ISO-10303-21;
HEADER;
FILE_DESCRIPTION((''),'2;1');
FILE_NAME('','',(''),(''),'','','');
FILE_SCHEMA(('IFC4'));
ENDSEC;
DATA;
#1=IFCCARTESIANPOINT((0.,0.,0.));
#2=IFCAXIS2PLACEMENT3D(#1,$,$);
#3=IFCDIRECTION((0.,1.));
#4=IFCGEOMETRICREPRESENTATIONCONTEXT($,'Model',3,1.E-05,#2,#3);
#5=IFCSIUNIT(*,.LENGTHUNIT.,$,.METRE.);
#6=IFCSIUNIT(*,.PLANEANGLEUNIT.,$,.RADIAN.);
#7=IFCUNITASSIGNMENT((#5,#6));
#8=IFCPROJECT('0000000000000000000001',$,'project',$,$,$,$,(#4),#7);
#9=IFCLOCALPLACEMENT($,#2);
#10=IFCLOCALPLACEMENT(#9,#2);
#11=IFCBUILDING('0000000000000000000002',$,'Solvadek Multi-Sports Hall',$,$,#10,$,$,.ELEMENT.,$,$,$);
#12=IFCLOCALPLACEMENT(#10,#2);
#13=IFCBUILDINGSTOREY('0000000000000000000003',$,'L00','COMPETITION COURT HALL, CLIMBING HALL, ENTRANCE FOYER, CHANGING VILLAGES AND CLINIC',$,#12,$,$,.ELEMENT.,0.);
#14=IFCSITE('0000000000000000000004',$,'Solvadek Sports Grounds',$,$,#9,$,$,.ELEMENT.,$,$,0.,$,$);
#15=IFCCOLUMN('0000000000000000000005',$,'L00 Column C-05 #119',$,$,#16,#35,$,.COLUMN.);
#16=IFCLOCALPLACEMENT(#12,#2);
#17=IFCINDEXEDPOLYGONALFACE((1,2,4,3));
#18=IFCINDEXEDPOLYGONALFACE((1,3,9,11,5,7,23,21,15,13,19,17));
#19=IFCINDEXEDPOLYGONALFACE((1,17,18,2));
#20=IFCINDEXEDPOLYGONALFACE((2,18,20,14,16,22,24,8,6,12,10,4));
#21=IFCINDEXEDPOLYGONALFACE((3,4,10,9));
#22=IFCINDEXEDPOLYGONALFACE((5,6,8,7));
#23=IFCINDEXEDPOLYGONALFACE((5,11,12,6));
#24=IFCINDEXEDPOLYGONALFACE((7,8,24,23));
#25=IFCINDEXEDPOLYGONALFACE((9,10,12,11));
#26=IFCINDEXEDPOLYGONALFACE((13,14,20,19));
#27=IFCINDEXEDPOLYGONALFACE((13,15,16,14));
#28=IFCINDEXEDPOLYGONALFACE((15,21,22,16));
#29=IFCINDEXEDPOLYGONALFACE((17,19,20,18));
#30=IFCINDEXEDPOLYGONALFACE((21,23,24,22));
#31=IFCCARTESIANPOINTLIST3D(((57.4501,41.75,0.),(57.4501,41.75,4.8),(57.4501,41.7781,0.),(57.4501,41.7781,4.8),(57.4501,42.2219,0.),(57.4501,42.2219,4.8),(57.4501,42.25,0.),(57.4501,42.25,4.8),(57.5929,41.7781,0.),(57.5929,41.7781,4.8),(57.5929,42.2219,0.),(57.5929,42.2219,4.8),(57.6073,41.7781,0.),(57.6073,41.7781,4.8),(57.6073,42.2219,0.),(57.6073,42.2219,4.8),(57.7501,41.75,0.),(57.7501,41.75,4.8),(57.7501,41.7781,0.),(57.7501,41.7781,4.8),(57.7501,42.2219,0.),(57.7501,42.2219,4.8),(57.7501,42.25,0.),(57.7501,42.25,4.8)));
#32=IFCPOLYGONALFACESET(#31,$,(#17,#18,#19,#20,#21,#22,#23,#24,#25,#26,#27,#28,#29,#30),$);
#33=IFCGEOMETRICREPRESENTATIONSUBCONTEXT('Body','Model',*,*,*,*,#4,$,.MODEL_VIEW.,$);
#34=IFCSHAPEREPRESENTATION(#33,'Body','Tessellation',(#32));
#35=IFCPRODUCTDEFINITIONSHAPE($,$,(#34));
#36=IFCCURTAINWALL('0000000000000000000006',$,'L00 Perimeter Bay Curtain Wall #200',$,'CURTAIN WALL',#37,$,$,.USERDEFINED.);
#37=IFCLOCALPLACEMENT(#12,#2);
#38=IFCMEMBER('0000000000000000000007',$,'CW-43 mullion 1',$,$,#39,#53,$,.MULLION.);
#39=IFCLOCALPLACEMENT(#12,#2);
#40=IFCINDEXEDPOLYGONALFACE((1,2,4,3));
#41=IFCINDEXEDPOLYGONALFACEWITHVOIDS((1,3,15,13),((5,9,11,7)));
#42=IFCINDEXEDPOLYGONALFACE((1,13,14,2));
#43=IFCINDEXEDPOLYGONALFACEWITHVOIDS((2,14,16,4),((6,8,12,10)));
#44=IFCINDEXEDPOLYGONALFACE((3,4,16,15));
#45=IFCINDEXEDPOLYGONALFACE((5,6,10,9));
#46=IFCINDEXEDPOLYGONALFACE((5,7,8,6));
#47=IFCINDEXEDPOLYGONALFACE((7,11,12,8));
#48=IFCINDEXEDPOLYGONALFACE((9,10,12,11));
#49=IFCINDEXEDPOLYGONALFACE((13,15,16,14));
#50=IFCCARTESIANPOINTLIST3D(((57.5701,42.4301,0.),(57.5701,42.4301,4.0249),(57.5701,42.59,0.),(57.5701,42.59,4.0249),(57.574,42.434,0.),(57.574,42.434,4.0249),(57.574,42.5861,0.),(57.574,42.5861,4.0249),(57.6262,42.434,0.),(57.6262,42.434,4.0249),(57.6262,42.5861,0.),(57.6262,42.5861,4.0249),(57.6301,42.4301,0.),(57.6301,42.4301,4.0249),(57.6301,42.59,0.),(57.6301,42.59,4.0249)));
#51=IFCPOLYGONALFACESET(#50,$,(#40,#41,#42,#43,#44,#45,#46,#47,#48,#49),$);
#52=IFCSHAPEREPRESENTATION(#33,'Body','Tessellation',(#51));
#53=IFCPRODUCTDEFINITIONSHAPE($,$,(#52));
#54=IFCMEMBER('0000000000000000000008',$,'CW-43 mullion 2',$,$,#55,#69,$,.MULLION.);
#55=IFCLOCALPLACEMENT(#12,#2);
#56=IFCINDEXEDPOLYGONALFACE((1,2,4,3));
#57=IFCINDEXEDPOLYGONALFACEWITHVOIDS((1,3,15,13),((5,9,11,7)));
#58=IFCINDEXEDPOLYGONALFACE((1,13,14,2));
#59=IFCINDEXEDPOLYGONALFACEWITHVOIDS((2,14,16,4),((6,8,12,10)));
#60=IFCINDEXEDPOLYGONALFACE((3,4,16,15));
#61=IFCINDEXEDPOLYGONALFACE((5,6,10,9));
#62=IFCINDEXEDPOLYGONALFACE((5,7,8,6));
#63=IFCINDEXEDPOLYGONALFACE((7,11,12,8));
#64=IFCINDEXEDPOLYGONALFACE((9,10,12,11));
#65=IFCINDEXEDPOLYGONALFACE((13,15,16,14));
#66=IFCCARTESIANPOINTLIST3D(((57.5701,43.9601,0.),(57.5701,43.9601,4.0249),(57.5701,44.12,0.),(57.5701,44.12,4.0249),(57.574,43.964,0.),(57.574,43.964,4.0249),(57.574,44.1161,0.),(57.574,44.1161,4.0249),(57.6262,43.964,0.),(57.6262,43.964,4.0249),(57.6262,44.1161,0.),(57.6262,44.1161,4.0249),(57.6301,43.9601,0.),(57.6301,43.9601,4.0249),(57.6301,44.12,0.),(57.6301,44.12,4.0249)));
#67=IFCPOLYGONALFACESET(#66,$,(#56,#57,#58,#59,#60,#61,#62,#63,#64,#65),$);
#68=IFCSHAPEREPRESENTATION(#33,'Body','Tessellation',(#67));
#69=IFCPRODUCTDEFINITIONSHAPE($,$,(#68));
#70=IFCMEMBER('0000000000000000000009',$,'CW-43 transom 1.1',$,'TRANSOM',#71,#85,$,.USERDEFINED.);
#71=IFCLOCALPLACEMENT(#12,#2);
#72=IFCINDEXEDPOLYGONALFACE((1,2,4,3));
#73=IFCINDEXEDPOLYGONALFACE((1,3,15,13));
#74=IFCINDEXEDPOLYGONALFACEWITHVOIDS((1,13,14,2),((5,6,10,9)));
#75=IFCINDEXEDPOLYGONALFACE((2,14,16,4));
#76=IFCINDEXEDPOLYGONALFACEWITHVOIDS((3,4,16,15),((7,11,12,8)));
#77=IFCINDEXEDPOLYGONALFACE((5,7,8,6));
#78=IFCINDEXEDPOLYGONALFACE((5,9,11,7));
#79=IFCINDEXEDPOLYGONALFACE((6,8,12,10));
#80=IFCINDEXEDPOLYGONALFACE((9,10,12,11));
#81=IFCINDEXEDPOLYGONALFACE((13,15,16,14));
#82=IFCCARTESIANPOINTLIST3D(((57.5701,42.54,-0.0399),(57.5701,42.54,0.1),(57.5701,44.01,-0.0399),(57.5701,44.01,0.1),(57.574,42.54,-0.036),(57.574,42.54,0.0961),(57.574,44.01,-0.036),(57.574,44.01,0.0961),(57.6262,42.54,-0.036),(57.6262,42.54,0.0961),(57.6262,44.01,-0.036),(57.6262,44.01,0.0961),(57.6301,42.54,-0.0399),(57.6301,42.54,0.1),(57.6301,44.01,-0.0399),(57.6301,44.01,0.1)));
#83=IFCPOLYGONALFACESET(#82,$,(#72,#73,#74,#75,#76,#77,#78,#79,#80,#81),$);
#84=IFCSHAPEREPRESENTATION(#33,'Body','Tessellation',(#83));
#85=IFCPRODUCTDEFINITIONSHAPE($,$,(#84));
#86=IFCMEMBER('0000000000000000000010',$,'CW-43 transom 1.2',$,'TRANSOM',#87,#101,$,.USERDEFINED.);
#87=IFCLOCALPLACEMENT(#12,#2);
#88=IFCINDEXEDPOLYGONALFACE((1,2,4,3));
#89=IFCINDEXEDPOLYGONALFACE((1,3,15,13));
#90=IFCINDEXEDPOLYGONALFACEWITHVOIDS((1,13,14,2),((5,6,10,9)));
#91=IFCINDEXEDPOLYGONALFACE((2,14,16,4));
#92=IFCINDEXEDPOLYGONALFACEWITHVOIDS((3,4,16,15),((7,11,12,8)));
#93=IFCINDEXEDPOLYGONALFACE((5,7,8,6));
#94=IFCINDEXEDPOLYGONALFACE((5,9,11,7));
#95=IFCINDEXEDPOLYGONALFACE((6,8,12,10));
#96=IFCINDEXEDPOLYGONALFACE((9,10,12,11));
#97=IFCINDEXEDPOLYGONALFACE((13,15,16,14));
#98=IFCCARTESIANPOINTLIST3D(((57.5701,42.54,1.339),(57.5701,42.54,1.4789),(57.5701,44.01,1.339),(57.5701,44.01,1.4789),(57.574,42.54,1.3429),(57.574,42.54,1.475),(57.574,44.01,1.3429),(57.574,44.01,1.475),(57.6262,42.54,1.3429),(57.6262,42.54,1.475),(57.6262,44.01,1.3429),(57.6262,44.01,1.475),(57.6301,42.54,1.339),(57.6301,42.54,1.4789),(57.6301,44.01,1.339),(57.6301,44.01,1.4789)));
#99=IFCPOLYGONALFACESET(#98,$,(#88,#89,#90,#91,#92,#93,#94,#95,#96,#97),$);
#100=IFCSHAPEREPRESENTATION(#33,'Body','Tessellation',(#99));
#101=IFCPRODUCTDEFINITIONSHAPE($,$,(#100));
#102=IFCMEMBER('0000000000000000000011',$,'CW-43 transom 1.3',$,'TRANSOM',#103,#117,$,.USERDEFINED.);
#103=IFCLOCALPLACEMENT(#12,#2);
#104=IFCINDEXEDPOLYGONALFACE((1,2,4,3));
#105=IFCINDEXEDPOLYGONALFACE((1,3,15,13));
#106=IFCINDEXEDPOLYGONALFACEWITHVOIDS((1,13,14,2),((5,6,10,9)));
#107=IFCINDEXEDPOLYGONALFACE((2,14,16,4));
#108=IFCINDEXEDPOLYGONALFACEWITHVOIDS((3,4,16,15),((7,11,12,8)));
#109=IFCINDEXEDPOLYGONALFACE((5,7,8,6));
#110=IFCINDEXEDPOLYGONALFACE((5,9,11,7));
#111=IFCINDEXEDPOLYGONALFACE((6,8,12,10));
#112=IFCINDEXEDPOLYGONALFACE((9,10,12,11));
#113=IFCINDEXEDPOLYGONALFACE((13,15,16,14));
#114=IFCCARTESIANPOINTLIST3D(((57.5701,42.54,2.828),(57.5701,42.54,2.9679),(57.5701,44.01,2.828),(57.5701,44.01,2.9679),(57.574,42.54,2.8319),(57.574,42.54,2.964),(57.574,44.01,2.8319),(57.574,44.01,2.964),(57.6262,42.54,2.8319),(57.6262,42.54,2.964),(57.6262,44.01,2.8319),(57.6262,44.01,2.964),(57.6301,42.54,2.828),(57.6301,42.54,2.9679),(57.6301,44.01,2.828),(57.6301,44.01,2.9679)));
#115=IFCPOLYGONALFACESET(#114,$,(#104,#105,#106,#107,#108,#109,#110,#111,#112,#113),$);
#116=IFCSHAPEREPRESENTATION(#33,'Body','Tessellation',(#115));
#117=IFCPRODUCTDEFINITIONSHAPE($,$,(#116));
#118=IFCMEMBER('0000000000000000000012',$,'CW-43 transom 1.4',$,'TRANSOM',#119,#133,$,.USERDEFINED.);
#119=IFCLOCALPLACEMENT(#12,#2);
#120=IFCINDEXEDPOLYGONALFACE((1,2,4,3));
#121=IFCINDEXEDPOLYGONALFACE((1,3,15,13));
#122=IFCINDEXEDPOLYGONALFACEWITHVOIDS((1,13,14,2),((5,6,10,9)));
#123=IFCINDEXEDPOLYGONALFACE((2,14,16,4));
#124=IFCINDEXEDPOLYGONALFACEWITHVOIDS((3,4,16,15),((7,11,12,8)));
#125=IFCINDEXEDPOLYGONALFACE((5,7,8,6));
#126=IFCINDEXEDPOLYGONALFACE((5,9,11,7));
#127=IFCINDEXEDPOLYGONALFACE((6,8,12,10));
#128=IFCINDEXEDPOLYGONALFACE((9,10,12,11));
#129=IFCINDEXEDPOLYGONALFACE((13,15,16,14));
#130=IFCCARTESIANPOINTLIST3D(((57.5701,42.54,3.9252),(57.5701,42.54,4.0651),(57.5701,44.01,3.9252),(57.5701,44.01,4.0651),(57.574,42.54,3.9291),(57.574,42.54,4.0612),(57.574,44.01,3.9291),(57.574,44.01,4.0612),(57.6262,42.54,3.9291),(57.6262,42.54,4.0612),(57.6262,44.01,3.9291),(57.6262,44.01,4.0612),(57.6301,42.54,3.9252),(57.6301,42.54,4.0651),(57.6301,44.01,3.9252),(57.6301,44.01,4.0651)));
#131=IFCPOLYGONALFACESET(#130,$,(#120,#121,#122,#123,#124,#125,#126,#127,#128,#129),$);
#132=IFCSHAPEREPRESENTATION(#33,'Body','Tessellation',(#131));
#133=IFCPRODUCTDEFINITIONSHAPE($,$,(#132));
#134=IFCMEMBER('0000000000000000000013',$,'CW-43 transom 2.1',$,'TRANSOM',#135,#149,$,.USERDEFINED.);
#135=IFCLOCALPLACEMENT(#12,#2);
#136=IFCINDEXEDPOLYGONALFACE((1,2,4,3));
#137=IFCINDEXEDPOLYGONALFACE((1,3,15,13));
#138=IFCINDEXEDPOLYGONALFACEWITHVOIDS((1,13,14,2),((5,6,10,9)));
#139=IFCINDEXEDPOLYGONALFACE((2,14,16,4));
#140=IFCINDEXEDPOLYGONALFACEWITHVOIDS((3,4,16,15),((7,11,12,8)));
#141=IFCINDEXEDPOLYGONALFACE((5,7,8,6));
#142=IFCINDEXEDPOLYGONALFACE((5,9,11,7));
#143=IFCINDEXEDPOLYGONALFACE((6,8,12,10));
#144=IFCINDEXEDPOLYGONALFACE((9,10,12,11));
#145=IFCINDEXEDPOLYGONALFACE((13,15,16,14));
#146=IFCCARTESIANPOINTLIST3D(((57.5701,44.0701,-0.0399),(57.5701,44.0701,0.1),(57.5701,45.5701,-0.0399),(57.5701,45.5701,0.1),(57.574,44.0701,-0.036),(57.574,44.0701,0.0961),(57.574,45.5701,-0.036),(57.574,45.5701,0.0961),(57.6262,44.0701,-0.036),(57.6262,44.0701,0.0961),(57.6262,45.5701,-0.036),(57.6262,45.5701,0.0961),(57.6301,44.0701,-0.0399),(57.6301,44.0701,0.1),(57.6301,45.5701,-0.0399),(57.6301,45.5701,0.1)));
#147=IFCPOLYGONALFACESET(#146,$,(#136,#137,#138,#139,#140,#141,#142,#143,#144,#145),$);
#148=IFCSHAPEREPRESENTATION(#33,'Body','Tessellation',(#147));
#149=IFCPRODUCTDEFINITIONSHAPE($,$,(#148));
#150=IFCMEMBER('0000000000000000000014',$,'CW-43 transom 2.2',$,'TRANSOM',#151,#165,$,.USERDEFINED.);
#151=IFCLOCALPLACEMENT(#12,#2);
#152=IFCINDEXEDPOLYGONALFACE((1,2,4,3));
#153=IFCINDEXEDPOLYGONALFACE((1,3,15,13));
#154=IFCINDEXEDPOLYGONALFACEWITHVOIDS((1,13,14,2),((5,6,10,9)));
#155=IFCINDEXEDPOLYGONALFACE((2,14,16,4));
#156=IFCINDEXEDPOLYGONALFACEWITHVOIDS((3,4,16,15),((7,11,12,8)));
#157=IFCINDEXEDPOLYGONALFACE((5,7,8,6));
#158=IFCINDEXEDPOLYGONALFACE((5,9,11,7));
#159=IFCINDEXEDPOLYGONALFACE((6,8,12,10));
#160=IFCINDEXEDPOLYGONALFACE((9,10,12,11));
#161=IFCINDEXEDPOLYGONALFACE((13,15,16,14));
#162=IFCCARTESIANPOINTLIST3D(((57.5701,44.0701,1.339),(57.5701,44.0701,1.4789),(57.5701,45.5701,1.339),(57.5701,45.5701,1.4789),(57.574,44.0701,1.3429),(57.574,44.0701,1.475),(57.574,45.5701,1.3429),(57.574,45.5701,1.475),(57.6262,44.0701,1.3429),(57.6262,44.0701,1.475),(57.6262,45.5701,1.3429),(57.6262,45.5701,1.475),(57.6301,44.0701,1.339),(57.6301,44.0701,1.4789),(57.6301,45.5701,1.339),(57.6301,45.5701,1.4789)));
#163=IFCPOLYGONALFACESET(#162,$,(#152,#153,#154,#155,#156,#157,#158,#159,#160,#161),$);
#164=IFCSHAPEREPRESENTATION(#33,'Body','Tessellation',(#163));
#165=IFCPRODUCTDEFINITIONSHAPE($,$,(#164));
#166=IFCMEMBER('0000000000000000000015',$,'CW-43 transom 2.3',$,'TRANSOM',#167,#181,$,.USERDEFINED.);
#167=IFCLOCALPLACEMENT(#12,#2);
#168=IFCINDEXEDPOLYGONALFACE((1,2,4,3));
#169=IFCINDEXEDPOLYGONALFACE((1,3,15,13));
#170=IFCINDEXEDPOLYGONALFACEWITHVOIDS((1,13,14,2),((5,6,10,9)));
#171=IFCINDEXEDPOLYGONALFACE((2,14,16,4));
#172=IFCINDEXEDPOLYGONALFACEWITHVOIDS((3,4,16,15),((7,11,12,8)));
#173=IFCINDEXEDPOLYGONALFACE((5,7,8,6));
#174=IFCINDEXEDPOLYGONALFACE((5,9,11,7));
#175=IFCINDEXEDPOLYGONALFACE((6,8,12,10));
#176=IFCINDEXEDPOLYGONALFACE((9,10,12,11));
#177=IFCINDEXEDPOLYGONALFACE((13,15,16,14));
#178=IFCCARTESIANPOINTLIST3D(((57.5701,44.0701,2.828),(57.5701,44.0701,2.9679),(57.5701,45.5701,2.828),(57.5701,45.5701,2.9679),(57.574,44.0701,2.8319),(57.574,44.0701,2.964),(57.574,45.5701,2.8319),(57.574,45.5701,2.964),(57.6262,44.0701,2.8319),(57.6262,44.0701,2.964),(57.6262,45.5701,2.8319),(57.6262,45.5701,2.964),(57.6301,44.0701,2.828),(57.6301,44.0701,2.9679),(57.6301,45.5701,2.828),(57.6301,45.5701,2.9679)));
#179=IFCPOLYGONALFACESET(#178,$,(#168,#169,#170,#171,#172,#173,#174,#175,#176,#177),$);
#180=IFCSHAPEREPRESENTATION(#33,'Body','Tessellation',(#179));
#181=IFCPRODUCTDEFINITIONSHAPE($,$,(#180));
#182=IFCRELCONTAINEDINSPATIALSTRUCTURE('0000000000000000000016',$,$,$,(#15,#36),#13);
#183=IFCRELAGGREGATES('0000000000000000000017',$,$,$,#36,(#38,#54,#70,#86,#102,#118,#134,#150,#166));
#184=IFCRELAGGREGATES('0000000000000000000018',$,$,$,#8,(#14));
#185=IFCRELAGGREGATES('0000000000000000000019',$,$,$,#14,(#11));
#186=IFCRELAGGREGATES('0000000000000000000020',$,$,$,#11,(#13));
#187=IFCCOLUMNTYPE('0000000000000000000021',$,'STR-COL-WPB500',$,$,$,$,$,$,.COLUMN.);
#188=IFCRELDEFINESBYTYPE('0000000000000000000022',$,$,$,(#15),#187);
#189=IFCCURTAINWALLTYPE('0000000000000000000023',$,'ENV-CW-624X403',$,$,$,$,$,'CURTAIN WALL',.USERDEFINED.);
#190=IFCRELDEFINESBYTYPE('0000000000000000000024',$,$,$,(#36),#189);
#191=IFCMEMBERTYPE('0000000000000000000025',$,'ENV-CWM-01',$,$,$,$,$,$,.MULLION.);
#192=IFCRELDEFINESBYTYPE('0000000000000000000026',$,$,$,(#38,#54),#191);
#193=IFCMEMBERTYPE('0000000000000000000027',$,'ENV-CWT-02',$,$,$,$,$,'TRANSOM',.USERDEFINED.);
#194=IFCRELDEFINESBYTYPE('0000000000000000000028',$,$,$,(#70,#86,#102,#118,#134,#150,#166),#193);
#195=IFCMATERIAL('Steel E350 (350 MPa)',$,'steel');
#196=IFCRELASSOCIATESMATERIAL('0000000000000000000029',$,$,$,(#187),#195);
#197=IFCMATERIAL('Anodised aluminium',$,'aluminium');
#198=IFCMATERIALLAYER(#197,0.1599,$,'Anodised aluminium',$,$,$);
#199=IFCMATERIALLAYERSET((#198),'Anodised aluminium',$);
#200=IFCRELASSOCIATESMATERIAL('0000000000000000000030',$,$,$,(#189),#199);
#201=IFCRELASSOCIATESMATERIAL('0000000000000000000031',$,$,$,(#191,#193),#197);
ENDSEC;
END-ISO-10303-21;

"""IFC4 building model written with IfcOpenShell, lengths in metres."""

from ifc_helpers import new_model, si_unit, direction, frame, origin, origin_2d, place, context, subcontext, project, spatial, hollow_rectangle, i_section, extrude, material, layer, layer_set, material_profile, profile_set, type_object, element, aggregate, save


model = new_model("IFC4")

# Units and contexts
model_context = context("Model", 3, precision=1e-05, world=origin(), true_north=direction((0.0, 1.0)))
body_context = subcontext(model_context, "Body", "Model", "MODEL_VIEW")
ifc_project = project(units=[si_unit("LENGTHUNIT", "METRE"), si_unit("PLANEANGLEUNIT", "RADIAN")], contexts=[model_context])

# Site, building, storey
site_placement = place(None, origin())
site = spatial("IfcSite", under=ifc_project, at=site_placement, Name="Solvadek Sports Grounds", CompositionType="ELEMENT", RefElevation=0.0)
building_placement = place(site_placement, origin())
building = spatial("IfcBuilding", under=site, at=building_placement, Name="Solvadek Multi-Sports Hall", CompositionType="ELEMENT")
storey_placement = place(building_placement, origin())
storey = spatial("IfcBuildingStorey", under=building, at=storey_placement, Name="L00", Description="COMPETITION COURT HALL, CLIMBING HALL, ENTRANCE FOYER, CHANGING VILLAGES AND CLINIC", CompositionType="ELEMENT", Elevation=0.0)

# Column
ifc_material_1 = material(Name="Steel E350 (350 MPa)", Category="steel")
ifc_material_profile_1 = material_profile(ifc_material_1, i_section(OverallWidth=0.3, OverallDepth=0.5, WebThickness=0.0144, FlangeThickness=0.0281, at=origin_2d()), Name="WPB 500")
ifc_profile_set_1 = profile_set([ifc_material_profile_1], Name="Steel E350 (350 MPa)")
column_type = type_object("IfcColumnType", Name="STR-COL-WPB500", PredefinedType="COLUMN", material=ifc_profile_set_1)
column_placement = place(storey_placement, frame((57.6001, 42.0, 0.0), z_axis=(0.0, 0.0, 1.0), x_axis=(1.0, 0.0, 0.0)))
element("IfcColumn", 1, at=column_placement, inside=storey, type_object=column_type, Name="L00 Column C-05 #119", PredefinedType="COLUMN", context=body_context, shape_type="SweptSolid", body=[
    extrude(i_section(OverallWidth=0.3, OverallDepth=0.5, WebThickness=0.0144, FlangeThickness=0.0281, at=origin_2d()), origin(), (0.0, 0.0, 1.0), 4.8),
])

# Curtain wall, members
ifc_material_2 = material(Name="Anodised aluminium", Category="aluminium")
ifc_layer_1 = layer(ifc_material_2, 0.1599, Name="Anodised aluminium")
ifc_layer_set_1 = layer_set([ifc_layer_1], Name="Anodised aluminium")
curtain_wall_type = type_object("IfcCurtainWallType", Name="ENV-CW-624X403", ElementType="CURTAIN WALL", PredefinedType="USERDEFINED", material=ifc_layer_set_1)
curtain_wall_placement = place(storey_placement, origin())
curtain_wall = element("IfcCurtainWall", 2, at=curtain_wall_placement, inside=storey, type_object=curtain_wall_type, Name="L00 Perimeter Bay Curtain Wall #200", ObjectType="CURTAIN WALL", PredefinedType="USERDEFINED")
ifc_material_profile_2 = material_profile(ifc_material_2, hollow_rectangle(XDim=0.0601, YDim=0.1599, WallThickness=0.0039, at=origin_2d()), Name="ALU-M 160x60x4")
ifc_profile_set_2 = profile_set([ifc_material_profile_2], Name="Anodised aluminium")
member_type_1 = type_object("IfcMemberType", Name="ENV-CWM-01", PredefinedType="MULLION", material=ifc_profile_set_2)
member_1_placement = place(storey_placement, frame((57.6001, 42.51, 0.0), z_axis=(0.0, 0.0, 1.0), x_axis=(-1.0, 0.0, 0.0)))
member_1 = element("IfcMember", 3, at=member_1_placement, type_object=member_type_1, Name="CW-43 mullion 1", PredefinedType="MULLION", context=body_context, shape_type="SweptSolid", body=[
    extrude(hollow_rectangle(XDim=0.0601, YDim=0.1599, WallThickness=0.0039, at=origin_2d()), origin(), (0.0, 0.0, 1.0), 4.0249),
])
member_2_placement = place(storey_placement, frame((57.6001, 44.04, 0.0), z_axis=(0.0, 0.0, 1.0), x_axis=(-1.0, 0.0, 0.0)))
member_2 = element("IfcMember", 4, at=member_2_placement, type_object=member_type_1, Name="CW-43 mullion 2", PredefinedType="MULLION", context=body_context, shape_type="SweptSolid", body=[
    extrude(hollow_rectangle(XDim=0.0601, YDim=0.1599, WallThickness=0.0039, at=origin_2d()), origin(), (0.0, 0.0, 1.0), 4.0249),
])
ifc_material_profile_3 = material_profile(ifc_material_2, hollow_rectangle(XDim=0.0601, YDim=0.1399, WallThickness=0.0039, at=origin_2d()), Name="ALU-T 140x60x4")
ifc_profile_set_3 = profile_set([ifc_material_profile_3], Name="Anodised aluminium")
member_type_2 = type_object("IfcMemberType", Name="ENV-CWT-02", ElementType="TRANSOM", PredefinedType="USERDEFINED", material=ifc_profile_set_3)
member_3_placement = place(storey_placement, frame((57.6001, 42.54, 0.03), z_axis=(0.0, 1.0, 0.0), x_axis=(-1.0, 0.0, 0.0)))
member_3 = element("IfcMember", 5, at=member_3_placement, type_object=member_type_2, Name="CW-43 transom 1.1", ObjectType="TRANSOM", PredefinedType="USERDEFINED", context=body_context, shape_type="SweptSolid", body=[
    extrude(hollow_rectangle(XDim=0.0601, YDim=0.1399, WallThickness=0.0039, at=origin_2d()), origin(), (0.0, 0.0, 1.0), 1.47),
])
member_4_placement = place(storey_placement, frame((57.6001, 42.54, 1.4089), z_axis=(0.0, 1.0, 0.0), x_axis=(-1.0, 0.0, 0.0)))
member_4 = element("IfcMember", 6, at=member_4_placement, type_object=member_type_2, Name="CW-43 transom 1.2", ObjectType="TRANSOM", PredefinedType="USERDEFINED", context=body_context, shape_type="SweptSolid", body=[
    extrude(hollow_rectangle(XDim=0.0601, YDim=0.1399, WallThickness=0.0039, at=origin_2d()), origin(), (0.0, 0.0, 1.0), 1.47),
])
member_5_placement = place(storey_placement, frame((57.6001, 42.54, 2.8979), z_axis=(0.0, 1.0, 0.0), x_axis=(-1.0, 0.0, 0.0)))
member_5 = element("IfcMember", 7, at=member_5_placement, type_object=member_type_2, Name="CW-43 transom 1.3", ObjectType="TRANSOM", PredefinedType="USERDEFINED", context=body_context, shape_type="SweptSolid", body=[
    extrude(hollow_rectangle(XDim=0.0601, YDim=0.1399, WallThickness=0.0039, at=origin_2d()), origin(), (0.0, 0.0, 1.0), 1.47),
])
member_6_placement = place(storey_placement, frame((57.6001, 42.54, 3.9951), z_axis=(0.0, 1.0, 0.0), x_axis=(-1.0, 0.0, 0.0)))
member_6 = element("IfcMember", 8, at=member_6_placement, type_object=member_type_2, Name="CW-43 transom 1.4", ObjectType="TRANSOM", PredefinedType="USERDEFINED", context=body_context, shape_type="SweptSolid", body=[
    extrude(hollow_rectangle(XDim=0.0601, YDim=0.1399, WallThickness=0.0039, at=origin_2d()), origin(), (0.0, 0.0, 1.0), 1.47),
])
member_7_placement = place(storey_placement, frame((57.6001, 44.0701, 0.03), z_axis=(0.0, 1.0, 0.0), x_axis=(-1.0, 0.0, 0.0)))
member_7 = element("IfcMember", 9, at=member_7_placement, type_object=member_type_2, Name="CW-43 transom 2.1", ObjectType="TRANSOM", PredefinedType="USERDEFINED", context=body_context, shape_type="SweptSolid", body=[
    extrude(hollow_rectangle(XDim=0.0601, YDim=0.1399, WallThickness=0.0039, at=origin_2d()), origin(), (0.0, 0.0, 1.0), 1.5),
])
member_8_placement = place(storey_placement, frame((57.6001, 44.0701, 1.4089), z_axis=(0.0, 1.0, 0.0), x_axis=(-1.0, 0.0, 0.0)))
member_8 = element("IfcMember", 10, at=member_8_placement, type_object=member_type_2, Name="CW-43 transom 2.2", ObjectType="TRANSOM", PredefinedType="USERDEFINED", context=body_context, shape_type="SweptSolid", body=[
    extrude(hollow_rectangle(XDim=0.0601, YDim=0.1399, WallThickness=0.0039, at=origin_2d()), origin(), (0.0, 0.0, 1.0), 1.5),
])
member_9_placement = place(storey_placement, frame((57.6001, 44.0701, 2.8979), z_axis=(0.0, 1.0, 0.0), x_axis=(-1.0, 0.0, 0.0)))
member_9 = element("IfcMember", 11, at=member_9_placement, type_object=member_type_2, Name="CW-43 transom 2.3", ObjectType="TRANSOM", PredefinedType="USERDEFINED", context=body_context, shape_type="SweptSolid", body=[
    extrude(hollow_rectangle(XDim=0.0601, YDim=0.1399, WallThickness=0.0039, at=origin_2d()), origin(), (0.0, 0.0, 1.0), 1.5),
])

aggregate(curtain_wall, [member_1, member_2, member_3, member_4, member_5, member_6, member_7, member_8, member_9])

save(model, "model.ifc")
